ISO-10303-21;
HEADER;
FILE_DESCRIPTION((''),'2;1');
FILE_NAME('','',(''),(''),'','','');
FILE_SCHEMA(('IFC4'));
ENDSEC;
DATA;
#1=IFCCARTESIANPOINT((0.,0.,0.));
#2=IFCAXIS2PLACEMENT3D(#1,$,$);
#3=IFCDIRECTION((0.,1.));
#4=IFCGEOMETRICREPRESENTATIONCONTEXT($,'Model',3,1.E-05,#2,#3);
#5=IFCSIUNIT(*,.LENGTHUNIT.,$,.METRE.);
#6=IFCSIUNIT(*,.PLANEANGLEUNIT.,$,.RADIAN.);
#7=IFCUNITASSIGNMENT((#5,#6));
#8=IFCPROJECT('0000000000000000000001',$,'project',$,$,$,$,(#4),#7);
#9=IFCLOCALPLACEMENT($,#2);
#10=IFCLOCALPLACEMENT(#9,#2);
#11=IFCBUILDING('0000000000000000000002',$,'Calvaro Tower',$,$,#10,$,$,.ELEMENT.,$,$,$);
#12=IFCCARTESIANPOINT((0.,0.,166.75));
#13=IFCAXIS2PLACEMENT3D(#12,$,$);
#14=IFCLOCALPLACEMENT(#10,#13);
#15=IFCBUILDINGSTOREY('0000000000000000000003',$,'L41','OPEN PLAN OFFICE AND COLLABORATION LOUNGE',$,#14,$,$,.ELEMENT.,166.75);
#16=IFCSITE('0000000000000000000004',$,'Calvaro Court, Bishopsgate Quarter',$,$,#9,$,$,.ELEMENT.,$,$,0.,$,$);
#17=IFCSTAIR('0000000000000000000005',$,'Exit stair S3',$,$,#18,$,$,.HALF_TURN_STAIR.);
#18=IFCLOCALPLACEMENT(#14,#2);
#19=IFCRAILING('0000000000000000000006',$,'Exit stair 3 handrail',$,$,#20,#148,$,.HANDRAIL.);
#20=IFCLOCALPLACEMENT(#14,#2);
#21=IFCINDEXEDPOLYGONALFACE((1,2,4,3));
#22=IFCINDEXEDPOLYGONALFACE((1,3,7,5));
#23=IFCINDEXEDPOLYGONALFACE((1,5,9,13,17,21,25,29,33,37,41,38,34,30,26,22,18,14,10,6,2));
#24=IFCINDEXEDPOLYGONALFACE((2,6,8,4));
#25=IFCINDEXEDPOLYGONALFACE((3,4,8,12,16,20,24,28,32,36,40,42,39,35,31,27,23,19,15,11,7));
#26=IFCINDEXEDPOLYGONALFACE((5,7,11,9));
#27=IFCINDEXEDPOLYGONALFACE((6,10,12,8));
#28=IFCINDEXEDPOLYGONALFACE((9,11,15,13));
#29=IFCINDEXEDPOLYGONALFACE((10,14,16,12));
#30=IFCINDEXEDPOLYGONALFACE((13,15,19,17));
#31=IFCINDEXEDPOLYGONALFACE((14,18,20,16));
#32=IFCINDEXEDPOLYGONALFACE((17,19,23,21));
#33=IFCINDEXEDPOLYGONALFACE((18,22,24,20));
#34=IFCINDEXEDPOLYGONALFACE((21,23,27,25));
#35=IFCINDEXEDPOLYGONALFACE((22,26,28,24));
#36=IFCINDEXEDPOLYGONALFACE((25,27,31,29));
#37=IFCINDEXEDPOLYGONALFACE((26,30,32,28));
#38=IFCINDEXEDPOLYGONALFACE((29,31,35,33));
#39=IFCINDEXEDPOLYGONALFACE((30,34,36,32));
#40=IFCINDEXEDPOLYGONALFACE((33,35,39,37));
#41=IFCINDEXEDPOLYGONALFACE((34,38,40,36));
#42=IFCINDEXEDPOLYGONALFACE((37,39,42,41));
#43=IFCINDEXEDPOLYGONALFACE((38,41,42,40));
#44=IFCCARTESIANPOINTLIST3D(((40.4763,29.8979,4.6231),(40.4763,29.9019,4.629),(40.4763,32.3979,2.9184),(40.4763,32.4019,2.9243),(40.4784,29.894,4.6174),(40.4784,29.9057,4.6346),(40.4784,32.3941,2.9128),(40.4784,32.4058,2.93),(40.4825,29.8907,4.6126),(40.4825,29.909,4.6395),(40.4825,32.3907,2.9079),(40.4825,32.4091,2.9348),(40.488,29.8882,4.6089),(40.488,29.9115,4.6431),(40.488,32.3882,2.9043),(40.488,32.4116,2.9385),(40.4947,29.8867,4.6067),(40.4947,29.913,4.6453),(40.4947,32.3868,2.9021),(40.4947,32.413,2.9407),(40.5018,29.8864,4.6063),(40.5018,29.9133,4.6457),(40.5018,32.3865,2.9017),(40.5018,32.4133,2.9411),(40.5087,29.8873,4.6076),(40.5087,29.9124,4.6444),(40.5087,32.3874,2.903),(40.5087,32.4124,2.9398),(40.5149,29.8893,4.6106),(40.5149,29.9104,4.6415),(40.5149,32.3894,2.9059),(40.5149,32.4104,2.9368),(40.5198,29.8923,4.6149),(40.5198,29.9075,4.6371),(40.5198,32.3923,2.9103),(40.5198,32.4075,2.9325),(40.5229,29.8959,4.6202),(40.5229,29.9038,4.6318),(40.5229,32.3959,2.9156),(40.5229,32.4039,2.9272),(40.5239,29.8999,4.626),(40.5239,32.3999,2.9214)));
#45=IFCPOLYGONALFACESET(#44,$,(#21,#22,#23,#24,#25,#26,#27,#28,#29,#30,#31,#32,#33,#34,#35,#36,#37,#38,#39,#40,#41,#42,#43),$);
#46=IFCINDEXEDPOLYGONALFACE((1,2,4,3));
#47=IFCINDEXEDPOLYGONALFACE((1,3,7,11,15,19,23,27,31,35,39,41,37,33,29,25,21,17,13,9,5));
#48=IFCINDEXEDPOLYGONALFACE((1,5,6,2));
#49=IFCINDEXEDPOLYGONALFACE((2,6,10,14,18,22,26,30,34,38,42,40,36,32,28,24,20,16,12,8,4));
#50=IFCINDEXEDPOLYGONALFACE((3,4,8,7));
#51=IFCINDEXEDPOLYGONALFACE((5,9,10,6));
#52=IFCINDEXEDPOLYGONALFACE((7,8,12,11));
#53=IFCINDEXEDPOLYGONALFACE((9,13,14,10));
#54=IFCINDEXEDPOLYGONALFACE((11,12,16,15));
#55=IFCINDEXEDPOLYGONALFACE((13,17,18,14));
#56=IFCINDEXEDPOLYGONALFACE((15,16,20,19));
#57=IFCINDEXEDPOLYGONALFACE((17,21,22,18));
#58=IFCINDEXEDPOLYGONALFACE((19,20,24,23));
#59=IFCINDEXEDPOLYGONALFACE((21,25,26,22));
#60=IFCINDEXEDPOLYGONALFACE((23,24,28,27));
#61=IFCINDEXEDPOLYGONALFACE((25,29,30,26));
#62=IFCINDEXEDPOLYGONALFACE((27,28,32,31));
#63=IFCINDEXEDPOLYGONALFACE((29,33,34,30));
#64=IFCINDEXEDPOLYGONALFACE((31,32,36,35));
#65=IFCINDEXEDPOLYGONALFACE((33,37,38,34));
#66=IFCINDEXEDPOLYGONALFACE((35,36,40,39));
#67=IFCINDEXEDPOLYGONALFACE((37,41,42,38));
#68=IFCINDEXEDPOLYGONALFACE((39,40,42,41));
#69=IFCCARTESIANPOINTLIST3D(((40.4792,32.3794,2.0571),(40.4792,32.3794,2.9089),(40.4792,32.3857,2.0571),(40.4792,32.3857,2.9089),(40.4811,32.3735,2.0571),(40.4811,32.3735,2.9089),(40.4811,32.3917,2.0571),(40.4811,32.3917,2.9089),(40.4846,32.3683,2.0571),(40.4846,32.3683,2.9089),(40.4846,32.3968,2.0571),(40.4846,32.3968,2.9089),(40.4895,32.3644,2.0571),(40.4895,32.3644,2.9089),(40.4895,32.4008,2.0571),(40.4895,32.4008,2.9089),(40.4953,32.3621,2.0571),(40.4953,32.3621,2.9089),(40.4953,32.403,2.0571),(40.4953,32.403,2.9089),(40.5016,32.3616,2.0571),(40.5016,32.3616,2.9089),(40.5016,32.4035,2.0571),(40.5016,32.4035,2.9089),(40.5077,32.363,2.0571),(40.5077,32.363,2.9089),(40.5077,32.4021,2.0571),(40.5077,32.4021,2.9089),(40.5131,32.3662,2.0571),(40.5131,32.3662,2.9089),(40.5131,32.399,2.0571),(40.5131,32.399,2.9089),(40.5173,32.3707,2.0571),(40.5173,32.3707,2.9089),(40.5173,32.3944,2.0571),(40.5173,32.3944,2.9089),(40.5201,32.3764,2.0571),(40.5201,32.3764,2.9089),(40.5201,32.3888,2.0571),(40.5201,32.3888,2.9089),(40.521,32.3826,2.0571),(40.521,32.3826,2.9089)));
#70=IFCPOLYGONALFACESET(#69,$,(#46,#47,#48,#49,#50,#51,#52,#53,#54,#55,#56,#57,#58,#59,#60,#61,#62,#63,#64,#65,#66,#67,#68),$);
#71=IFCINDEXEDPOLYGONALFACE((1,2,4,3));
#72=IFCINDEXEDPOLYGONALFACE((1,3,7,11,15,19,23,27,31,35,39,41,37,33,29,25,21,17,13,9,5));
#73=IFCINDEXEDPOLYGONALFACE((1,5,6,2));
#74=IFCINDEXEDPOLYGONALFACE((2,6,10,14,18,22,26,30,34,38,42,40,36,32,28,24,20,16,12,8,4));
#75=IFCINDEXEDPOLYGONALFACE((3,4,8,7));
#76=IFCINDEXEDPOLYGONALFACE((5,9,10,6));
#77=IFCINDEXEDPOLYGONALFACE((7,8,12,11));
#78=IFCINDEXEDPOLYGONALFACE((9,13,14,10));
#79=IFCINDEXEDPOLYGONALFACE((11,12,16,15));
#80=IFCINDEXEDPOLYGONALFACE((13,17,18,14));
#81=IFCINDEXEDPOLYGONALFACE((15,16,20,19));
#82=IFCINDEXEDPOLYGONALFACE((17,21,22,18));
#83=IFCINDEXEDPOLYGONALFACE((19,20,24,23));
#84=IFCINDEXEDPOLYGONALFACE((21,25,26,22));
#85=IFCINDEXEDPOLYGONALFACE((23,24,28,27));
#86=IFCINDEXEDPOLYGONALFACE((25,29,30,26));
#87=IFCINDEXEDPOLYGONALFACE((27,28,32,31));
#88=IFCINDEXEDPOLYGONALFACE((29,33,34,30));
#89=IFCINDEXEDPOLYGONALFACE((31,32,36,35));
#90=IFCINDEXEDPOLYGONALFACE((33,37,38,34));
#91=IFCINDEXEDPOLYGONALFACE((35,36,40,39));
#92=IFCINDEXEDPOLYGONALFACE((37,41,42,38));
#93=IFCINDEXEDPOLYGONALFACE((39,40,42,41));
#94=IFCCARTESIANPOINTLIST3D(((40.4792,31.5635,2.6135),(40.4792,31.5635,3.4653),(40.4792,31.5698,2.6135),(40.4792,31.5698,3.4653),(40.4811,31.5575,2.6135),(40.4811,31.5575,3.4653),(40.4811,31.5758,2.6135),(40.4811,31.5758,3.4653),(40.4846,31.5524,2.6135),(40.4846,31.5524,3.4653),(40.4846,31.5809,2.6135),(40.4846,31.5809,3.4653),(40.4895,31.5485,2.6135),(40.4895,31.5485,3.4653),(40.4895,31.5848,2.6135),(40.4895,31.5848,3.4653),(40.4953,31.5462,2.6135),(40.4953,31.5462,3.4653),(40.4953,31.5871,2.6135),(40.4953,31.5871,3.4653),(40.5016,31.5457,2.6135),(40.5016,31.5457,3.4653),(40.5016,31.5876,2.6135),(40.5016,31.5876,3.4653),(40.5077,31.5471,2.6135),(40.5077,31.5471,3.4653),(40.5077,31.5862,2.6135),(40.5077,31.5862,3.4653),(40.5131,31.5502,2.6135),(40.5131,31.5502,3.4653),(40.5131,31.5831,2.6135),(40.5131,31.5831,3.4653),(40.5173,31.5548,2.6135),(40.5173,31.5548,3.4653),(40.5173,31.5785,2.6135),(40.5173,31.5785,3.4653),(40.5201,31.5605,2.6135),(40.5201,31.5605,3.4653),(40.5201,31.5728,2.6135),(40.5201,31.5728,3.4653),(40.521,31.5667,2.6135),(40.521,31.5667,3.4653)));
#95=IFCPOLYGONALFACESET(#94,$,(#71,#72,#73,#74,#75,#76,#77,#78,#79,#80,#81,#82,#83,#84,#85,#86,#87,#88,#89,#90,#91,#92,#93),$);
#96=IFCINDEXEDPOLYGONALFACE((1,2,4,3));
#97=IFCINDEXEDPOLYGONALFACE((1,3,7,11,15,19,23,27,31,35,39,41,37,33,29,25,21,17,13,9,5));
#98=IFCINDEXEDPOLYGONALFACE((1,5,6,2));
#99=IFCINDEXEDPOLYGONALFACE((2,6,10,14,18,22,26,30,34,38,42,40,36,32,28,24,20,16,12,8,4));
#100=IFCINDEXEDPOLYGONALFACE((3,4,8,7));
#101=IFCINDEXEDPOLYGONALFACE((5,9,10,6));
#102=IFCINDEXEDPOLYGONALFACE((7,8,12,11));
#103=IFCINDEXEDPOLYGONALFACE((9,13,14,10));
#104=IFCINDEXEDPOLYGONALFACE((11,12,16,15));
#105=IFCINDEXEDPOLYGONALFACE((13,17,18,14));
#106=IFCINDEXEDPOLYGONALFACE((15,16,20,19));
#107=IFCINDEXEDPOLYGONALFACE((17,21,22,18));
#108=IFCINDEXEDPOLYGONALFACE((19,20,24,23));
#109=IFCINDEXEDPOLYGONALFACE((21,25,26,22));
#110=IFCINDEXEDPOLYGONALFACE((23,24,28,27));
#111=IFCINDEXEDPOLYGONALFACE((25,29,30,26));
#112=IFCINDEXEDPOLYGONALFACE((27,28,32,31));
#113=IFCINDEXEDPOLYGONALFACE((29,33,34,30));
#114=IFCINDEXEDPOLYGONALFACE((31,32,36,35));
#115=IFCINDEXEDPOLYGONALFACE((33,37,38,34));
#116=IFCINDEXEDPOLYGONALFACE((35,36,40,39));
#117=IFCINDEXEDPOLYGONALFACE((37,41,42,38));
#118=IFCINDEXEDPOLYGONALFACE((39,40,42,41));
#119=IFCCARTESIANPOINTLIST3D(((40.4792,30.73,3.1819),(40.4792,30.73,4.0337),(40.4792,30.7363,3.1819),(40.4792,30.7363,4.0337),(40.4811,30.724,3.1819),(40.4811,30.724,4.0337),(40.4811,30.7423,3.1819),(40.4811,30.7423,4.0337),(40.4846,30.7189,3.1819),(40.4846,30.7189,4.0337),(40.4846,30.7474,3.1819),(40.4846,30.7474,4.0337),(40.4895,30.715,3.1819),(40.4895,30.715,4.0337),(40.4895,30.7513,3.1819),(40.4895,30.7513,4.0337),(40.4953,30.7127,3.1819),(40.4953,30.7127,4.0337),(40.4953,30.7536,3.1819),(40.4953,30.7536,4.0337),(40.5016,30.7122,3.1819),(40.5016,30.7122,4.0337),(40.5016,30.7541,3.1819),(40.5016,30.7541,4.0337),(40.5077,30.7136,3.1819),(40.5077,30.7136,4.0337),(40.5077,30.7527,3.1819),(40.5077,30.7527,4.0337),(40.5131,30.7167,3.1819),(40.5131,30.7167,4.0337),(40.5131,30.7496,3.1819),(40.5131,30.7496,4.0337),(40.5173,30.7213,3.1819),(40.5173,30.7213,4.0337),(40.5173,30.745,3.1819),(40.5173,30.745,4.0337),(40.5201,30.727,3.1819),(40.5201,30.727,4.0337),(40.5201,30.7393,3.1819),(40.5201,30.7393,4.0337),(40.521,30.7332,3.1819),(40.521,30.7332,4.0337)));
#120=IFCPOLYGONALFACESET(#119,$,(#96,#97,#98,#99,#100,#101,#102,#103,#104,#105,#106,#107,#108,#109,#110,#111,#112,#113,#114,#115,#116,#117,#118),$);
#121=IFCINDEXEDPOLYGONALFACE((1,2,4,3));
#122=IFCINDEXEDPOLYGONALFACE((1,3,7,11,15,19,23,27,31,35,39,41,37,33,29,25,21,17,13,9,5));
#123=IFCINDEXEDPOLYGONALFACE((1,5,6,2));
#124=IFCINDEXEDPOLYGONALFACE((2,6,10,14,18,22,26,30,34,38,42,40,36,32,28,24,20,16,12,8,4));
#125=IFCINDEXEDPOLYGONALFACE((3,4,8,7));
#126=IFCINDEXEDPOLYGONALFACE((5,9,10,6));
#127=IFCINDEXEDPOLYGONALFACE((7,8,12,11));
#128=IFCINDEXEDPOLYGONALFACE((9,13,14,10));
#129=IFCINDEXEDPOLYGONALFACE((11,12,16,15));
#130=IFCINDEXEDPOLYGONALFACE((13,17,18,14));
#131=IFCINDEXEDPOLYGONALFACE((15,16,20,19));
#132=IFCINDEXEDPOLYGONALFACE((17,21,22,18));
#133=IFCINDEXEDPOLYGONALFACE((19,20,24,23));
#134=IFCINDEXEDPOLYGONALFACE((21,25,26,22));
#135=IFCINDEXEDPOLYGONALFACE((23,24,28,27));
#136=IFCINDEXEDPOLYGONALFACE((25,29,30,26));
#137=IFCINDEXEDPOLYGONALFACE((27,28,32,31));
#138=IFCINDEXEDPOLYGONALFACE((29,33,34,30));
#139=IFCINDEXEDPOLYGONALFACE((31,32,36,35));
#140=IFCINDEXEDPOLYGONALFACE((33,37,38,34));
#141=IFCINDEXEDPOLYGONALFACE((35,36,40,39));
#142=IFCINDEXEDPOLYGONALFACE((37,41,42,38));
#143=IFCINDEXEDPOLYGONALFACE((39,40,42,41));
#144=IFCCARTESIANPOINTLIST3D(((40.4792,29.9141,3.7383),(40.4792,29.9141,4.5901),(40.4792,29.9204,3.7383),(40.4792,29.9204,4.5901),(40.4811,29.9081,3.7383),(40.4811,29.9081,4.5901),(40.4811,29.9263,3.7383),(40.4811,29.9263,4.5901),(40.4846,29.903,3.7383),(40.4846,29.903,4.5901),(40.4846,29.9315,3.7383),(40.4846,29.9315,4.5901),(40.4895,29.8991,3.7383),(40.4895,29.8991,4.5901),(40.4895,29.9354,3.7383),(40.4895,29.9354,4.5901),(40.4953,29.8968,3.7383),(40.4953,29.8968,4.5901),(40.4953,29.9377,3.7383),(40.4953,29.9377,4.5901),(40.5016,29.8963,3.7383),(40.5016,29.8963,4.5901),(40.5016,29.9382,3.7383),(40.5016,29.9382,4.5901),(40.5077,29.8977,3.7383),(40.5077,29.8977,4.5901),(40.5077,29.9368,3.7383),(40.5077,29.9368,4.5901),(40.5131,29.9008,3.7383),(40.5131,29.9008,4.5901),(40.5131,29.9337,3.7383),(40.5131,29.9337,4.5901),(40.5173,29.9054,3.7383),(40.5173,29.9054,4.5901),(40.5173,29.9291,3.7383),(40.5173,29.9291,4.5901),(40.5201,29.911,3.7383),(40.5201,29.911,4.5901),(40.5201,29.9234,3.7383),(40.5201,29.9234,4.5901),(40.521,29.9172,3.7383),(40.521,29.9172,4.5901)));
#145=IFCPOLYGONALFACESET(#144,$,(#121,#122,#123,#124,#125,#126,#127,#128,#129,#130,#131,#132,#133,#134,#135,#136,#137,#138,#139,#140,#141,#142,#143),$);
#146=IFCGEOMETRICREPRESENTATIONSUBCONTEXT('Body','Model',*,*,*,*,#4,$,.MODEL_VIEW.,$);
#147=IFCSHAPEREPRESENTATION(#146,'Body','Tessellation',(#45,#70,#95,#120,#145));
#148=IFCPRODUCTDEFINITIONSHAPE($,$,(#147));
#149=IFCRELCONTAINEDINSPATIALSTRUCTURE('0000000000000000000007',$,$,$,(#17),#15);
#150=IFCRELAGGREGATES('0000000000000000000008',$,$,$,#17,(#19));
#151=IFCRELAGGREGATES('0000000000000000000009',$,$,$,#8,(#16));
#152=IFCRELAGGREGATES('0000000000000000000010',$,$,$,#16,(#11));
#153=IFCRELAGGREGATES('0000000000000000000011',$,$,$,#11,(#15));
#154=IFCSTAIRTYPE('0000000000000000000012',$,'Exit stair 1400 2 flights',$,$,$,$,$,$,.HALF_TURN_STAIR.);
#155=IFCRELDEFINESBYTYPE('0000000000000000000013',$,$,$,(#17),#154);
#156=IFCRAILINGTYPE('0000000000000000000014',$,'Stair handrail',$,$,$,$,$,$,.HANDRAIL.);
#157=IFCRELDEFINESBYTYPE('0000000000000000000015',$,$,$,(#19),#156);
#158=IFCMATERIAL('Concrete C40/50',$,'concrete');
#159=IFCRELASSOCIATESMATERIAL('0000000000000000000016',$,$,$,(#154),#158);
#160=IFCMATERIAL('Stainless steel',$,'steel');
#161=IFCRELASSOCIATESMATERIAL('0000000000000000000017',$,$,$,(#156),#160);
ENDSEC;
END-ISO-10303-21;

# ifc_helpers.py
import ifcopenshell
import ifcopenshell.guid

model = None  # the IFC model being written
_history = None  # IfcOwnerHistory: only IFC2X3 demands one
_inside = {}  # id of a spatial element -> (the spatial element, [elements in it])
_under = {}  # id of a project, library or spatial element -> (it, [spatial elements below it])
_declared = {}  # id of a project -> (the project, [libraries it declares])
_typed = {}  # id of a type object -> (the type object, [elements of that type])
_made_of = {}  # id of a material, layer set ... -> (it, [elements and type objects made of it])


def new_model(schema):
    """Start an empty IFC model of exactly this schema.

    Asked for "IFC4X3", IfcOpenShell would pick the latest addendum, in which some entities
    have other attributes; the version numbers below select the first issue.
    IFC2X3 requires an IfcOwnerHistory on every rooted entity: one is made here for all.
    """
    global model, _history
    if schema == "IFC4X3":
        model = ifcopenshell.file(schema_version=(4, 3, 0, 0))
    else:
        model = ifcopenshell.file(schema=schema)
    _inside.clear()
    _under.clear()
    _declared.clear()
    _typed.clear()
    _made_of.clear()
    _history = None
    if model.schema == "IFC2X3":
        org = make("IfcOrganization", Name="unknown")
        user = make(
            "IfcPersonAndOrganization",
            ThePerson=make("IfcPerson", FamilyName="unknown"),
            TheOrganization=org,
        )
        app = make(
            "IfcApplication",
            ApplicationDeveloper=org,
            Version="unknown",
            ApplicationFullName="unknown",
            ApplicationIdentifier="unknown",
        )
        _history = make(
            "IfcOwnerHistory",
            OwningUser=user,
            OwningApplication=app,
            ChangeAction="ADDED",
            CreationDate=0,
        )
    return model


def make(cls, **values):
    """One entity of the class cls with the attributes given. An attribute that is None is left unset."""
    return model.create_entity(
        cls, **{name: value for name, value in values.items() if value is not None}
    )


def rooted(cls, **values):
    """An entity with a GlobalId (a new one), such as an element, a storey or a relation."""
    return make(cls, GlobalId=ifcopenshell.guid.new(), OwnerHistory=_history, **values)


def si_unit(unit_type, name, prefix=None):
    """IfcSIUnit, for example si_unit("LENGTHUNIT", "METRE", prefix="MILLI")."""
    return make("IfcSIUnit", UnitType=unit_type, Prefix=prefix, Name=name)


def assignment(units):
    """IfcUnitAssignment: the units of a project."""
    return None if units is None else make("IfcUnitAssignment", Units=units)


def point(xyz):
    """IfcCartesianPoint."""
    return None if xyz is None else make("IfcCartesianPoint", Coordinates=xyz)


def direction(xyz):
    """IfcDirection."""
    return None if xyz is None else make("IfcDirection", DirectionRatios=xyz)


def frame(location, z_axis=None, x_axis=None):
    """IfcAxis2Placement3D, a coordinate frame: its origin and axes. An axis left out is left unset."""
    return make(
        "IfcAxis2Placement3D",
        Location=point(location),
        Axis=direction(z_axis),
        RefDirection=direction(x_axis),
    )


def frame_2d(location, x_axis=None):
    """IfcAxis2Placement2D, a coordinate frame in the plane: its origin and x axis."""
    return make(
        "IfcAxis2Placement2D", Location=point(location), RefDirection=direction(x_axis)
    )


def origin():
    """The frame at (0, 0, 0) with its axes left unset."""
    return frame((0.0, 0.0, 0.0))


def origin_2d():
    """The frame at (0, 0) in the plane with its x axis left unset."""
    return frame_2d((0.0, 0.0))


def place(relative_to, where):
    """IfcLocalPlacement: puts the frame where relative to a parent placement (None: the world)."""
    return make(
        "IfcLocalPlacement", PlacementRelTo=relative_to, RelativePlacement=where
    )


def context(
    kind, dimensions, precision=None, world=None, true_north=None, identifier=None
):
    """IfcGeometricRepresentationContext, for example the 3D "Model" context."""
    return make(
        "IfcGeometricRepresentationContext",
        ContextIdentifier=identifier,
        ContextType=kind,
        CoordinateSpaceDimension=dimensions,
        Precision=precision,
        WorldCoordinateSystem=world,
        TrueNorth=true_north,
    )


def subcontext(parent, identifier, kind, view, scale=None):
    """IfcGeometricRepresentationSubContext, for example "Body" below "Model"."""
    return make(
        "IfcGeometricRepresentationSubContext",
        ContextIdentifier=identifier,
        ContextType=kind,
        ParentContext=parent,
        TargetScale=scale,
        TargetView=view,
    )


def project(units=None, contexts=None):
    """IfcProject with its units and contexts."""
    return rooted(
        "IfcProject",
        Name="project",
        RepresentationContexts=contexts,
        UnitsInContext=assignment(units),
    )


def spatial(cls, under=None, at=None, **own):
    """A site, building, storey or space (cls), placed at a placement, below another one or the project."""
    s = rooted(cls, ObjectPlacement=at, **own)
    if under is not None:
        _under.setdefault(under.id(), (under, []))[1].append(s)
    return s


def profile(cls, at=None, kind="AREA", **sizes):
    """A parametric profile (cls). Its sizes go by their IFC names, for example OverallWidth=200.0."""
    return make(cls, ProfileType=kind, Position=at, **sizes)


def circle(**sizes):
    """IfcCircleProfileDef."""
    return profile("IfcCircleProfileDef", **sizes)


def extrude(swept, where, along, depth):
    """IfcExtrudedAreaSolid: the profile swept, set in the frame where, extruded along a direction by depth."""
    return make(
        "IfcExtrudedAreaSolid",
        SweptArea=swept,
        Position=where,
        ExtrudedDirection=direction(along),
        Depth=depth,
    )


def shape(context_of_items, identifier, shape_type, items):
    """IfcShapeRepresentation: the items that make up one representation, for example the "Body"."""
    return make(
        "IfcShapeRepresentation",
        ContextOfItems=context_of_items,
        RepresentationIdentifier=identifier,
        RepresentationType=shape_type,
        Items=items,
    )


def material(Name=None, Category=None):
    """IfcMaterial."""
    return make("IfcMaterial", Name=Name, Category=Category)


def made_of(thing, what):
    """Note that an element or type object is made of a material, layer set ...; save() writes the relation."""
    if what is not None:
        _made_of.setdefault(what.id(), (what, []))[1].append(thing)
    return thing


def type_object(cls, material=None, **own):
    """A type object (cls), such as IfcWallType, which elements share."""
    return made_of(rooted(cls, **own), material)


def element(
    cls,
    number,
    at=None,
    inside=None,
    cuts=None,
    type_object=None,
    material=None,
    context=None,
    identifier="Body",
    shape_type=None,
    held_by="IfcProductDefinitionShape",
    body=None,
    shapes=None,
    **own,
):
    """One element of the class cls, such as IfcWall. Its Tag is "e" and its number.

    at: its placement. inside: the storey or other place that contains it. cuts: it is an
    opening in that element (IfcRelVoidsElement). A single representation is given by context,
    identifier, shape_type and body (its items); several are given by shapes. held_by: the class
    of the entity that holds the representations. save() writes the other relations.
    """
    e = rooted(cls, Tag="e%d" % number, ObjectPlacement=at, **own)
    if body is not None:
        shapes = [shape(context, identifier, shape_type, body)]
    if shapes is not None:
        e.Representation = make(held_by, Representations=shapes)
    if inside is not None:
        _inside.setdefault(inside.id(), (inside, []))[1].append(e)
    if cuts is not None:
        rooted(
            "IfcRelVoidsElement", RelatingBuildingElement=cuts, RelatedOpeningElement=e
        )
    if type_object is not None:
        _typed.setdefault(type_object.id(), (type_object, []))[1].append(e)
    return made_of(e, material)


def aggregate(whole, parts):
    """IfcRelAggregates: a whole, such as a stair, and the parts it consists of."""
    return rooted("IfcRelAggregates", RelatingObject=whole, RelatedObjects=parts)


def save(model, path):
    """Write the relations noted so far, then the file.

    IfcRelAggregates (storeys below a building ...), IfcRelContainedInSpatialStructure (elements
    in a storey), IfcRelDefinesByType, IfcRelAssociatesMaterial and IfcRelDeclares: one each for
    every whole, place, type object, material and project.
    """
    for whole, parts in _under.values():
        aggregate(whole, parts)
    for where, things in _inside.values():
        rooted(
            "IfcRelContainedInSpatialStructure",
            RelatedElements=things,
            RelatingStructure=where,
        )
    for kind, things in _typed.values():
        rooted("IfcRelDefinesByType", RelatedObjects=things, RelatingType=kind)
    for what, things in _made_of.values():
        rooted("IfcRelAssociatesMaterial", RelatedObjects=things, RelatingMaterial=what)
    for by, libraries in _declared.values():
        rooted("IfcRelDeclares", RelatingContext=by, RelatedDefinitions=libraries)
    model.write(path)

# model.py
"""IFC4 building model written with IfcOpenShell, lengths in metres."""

from ifc_helpers import new_model, si_unit, direction, frame, origin, origin_2d, place, context, subcontext, project, spatial, circle, extrude, material, type_object, element, aggregate, save


model = new_model("IFC4")

# Units and contexts
model_context = context("Model", 3, precision=1e-05, world=origin(), true_north=direction((0.0, 1.0)))
body_context = subcontext(model_context, "Body", "Model", "MODEL_VIEW")
ifc_project = project(units=[si_unit("LENGTHUNIT", "METRE"), si_unit("PLANEANGLEUNIT", "RADIAN")], contexts=[model_context])

# Site, building, storey
site_placement = place(None, origin())
site = spatial("IfcSite", under=ifc_project, at=site_placement, Name="Calvaro Court, Bishopsgate Quarter", CompositionType="ELEMENT", RefElevation=0.0)
building_placement = place(site_placement, origin())
building = spatial("IfcBuilding", under=site, at=building_placement, Name="Calvaro Tower", CompositionType="ELEMENT")
storey_placement = place(building_placement, frame((0.0, 0.0, 166.75)))
storey = spatial("IfcBuildingStorey", under=building, at=storey_placement, Name="L41", Description="OPEN PLAN OFFICE AND COLLABORATION LOUNGE", CompositionType="ELEMENT", Elevation=166.75)

# Stair
ifc_material_1 = material(Name="Concrete C40/50", Category="concrete")
stair_type = type_object("IfcStairType", Name="Exit stair 1400 2 flights", PredefinedType="HALF_TURN_STAIR", material=ifc_material_1)
stair_1_placement = place(storey_placement, origin())
stair_1 = element("IfcStair", 1, at=stair_1_placement, inside=storey, type_object=stair_type, Name="Exit stair S3", PredefinedType="HALF_TURN_STAIR")

# Railing
ifc_material_2 = material(Name="Stainless steel", Category="steel")
railing_type = type_object("IfcRailingType", Name="Stair handrail", PredefinedType="HANDRAIL", material=ifc_material_2)
railing_1_placement = place(storey_placement, frame((40.5, 32.3999, 2.0454)))
railing_1 = element("IfcRailing", 2, at=railing_1_placement, type_object=railing_type, Name="Exit stair 3 handrail", PredefinedType="HANDRAIL", context=body_context, shape_type="SweptSolid", body=[
    extrude(circle(Radius=0.0239, at=origin_2d()), frame((0.0, 0.0, 0.876), z_axis=(0.0, -0.826221, 0.563347), x_axis=(1.0, 0.0, 0.0)), (0.0, 0.0, 1.0), 3.0259),
    extrude(circle(Radius=0.021, at=origin_2d()), frame((0.0, -0.0173, 0.0117)), (0.0, 0.0, 1.0), 0.8518),
    extrude(circle(Radius=0.021, at=origin_2d()), frame((0.0, -0.8333, 0.5681)), (0.0, 0.0, 1.0), 0.8518),
    extrude(circle(Radius=0.021, at=origin_2d()), frame((0.0, -1.6667, 1.1365)), (0.0, 0.0, 1.0), 0.8518),
    extrude(circle(Radius=0.021, at=origin_2d()), frame((0.0, -2.4827, 1.6929)), (0.0, 0.0, 1.0), 0.8518),
])
aggregate(stair_1, [railing_1])

save(model, "model.ifc")
